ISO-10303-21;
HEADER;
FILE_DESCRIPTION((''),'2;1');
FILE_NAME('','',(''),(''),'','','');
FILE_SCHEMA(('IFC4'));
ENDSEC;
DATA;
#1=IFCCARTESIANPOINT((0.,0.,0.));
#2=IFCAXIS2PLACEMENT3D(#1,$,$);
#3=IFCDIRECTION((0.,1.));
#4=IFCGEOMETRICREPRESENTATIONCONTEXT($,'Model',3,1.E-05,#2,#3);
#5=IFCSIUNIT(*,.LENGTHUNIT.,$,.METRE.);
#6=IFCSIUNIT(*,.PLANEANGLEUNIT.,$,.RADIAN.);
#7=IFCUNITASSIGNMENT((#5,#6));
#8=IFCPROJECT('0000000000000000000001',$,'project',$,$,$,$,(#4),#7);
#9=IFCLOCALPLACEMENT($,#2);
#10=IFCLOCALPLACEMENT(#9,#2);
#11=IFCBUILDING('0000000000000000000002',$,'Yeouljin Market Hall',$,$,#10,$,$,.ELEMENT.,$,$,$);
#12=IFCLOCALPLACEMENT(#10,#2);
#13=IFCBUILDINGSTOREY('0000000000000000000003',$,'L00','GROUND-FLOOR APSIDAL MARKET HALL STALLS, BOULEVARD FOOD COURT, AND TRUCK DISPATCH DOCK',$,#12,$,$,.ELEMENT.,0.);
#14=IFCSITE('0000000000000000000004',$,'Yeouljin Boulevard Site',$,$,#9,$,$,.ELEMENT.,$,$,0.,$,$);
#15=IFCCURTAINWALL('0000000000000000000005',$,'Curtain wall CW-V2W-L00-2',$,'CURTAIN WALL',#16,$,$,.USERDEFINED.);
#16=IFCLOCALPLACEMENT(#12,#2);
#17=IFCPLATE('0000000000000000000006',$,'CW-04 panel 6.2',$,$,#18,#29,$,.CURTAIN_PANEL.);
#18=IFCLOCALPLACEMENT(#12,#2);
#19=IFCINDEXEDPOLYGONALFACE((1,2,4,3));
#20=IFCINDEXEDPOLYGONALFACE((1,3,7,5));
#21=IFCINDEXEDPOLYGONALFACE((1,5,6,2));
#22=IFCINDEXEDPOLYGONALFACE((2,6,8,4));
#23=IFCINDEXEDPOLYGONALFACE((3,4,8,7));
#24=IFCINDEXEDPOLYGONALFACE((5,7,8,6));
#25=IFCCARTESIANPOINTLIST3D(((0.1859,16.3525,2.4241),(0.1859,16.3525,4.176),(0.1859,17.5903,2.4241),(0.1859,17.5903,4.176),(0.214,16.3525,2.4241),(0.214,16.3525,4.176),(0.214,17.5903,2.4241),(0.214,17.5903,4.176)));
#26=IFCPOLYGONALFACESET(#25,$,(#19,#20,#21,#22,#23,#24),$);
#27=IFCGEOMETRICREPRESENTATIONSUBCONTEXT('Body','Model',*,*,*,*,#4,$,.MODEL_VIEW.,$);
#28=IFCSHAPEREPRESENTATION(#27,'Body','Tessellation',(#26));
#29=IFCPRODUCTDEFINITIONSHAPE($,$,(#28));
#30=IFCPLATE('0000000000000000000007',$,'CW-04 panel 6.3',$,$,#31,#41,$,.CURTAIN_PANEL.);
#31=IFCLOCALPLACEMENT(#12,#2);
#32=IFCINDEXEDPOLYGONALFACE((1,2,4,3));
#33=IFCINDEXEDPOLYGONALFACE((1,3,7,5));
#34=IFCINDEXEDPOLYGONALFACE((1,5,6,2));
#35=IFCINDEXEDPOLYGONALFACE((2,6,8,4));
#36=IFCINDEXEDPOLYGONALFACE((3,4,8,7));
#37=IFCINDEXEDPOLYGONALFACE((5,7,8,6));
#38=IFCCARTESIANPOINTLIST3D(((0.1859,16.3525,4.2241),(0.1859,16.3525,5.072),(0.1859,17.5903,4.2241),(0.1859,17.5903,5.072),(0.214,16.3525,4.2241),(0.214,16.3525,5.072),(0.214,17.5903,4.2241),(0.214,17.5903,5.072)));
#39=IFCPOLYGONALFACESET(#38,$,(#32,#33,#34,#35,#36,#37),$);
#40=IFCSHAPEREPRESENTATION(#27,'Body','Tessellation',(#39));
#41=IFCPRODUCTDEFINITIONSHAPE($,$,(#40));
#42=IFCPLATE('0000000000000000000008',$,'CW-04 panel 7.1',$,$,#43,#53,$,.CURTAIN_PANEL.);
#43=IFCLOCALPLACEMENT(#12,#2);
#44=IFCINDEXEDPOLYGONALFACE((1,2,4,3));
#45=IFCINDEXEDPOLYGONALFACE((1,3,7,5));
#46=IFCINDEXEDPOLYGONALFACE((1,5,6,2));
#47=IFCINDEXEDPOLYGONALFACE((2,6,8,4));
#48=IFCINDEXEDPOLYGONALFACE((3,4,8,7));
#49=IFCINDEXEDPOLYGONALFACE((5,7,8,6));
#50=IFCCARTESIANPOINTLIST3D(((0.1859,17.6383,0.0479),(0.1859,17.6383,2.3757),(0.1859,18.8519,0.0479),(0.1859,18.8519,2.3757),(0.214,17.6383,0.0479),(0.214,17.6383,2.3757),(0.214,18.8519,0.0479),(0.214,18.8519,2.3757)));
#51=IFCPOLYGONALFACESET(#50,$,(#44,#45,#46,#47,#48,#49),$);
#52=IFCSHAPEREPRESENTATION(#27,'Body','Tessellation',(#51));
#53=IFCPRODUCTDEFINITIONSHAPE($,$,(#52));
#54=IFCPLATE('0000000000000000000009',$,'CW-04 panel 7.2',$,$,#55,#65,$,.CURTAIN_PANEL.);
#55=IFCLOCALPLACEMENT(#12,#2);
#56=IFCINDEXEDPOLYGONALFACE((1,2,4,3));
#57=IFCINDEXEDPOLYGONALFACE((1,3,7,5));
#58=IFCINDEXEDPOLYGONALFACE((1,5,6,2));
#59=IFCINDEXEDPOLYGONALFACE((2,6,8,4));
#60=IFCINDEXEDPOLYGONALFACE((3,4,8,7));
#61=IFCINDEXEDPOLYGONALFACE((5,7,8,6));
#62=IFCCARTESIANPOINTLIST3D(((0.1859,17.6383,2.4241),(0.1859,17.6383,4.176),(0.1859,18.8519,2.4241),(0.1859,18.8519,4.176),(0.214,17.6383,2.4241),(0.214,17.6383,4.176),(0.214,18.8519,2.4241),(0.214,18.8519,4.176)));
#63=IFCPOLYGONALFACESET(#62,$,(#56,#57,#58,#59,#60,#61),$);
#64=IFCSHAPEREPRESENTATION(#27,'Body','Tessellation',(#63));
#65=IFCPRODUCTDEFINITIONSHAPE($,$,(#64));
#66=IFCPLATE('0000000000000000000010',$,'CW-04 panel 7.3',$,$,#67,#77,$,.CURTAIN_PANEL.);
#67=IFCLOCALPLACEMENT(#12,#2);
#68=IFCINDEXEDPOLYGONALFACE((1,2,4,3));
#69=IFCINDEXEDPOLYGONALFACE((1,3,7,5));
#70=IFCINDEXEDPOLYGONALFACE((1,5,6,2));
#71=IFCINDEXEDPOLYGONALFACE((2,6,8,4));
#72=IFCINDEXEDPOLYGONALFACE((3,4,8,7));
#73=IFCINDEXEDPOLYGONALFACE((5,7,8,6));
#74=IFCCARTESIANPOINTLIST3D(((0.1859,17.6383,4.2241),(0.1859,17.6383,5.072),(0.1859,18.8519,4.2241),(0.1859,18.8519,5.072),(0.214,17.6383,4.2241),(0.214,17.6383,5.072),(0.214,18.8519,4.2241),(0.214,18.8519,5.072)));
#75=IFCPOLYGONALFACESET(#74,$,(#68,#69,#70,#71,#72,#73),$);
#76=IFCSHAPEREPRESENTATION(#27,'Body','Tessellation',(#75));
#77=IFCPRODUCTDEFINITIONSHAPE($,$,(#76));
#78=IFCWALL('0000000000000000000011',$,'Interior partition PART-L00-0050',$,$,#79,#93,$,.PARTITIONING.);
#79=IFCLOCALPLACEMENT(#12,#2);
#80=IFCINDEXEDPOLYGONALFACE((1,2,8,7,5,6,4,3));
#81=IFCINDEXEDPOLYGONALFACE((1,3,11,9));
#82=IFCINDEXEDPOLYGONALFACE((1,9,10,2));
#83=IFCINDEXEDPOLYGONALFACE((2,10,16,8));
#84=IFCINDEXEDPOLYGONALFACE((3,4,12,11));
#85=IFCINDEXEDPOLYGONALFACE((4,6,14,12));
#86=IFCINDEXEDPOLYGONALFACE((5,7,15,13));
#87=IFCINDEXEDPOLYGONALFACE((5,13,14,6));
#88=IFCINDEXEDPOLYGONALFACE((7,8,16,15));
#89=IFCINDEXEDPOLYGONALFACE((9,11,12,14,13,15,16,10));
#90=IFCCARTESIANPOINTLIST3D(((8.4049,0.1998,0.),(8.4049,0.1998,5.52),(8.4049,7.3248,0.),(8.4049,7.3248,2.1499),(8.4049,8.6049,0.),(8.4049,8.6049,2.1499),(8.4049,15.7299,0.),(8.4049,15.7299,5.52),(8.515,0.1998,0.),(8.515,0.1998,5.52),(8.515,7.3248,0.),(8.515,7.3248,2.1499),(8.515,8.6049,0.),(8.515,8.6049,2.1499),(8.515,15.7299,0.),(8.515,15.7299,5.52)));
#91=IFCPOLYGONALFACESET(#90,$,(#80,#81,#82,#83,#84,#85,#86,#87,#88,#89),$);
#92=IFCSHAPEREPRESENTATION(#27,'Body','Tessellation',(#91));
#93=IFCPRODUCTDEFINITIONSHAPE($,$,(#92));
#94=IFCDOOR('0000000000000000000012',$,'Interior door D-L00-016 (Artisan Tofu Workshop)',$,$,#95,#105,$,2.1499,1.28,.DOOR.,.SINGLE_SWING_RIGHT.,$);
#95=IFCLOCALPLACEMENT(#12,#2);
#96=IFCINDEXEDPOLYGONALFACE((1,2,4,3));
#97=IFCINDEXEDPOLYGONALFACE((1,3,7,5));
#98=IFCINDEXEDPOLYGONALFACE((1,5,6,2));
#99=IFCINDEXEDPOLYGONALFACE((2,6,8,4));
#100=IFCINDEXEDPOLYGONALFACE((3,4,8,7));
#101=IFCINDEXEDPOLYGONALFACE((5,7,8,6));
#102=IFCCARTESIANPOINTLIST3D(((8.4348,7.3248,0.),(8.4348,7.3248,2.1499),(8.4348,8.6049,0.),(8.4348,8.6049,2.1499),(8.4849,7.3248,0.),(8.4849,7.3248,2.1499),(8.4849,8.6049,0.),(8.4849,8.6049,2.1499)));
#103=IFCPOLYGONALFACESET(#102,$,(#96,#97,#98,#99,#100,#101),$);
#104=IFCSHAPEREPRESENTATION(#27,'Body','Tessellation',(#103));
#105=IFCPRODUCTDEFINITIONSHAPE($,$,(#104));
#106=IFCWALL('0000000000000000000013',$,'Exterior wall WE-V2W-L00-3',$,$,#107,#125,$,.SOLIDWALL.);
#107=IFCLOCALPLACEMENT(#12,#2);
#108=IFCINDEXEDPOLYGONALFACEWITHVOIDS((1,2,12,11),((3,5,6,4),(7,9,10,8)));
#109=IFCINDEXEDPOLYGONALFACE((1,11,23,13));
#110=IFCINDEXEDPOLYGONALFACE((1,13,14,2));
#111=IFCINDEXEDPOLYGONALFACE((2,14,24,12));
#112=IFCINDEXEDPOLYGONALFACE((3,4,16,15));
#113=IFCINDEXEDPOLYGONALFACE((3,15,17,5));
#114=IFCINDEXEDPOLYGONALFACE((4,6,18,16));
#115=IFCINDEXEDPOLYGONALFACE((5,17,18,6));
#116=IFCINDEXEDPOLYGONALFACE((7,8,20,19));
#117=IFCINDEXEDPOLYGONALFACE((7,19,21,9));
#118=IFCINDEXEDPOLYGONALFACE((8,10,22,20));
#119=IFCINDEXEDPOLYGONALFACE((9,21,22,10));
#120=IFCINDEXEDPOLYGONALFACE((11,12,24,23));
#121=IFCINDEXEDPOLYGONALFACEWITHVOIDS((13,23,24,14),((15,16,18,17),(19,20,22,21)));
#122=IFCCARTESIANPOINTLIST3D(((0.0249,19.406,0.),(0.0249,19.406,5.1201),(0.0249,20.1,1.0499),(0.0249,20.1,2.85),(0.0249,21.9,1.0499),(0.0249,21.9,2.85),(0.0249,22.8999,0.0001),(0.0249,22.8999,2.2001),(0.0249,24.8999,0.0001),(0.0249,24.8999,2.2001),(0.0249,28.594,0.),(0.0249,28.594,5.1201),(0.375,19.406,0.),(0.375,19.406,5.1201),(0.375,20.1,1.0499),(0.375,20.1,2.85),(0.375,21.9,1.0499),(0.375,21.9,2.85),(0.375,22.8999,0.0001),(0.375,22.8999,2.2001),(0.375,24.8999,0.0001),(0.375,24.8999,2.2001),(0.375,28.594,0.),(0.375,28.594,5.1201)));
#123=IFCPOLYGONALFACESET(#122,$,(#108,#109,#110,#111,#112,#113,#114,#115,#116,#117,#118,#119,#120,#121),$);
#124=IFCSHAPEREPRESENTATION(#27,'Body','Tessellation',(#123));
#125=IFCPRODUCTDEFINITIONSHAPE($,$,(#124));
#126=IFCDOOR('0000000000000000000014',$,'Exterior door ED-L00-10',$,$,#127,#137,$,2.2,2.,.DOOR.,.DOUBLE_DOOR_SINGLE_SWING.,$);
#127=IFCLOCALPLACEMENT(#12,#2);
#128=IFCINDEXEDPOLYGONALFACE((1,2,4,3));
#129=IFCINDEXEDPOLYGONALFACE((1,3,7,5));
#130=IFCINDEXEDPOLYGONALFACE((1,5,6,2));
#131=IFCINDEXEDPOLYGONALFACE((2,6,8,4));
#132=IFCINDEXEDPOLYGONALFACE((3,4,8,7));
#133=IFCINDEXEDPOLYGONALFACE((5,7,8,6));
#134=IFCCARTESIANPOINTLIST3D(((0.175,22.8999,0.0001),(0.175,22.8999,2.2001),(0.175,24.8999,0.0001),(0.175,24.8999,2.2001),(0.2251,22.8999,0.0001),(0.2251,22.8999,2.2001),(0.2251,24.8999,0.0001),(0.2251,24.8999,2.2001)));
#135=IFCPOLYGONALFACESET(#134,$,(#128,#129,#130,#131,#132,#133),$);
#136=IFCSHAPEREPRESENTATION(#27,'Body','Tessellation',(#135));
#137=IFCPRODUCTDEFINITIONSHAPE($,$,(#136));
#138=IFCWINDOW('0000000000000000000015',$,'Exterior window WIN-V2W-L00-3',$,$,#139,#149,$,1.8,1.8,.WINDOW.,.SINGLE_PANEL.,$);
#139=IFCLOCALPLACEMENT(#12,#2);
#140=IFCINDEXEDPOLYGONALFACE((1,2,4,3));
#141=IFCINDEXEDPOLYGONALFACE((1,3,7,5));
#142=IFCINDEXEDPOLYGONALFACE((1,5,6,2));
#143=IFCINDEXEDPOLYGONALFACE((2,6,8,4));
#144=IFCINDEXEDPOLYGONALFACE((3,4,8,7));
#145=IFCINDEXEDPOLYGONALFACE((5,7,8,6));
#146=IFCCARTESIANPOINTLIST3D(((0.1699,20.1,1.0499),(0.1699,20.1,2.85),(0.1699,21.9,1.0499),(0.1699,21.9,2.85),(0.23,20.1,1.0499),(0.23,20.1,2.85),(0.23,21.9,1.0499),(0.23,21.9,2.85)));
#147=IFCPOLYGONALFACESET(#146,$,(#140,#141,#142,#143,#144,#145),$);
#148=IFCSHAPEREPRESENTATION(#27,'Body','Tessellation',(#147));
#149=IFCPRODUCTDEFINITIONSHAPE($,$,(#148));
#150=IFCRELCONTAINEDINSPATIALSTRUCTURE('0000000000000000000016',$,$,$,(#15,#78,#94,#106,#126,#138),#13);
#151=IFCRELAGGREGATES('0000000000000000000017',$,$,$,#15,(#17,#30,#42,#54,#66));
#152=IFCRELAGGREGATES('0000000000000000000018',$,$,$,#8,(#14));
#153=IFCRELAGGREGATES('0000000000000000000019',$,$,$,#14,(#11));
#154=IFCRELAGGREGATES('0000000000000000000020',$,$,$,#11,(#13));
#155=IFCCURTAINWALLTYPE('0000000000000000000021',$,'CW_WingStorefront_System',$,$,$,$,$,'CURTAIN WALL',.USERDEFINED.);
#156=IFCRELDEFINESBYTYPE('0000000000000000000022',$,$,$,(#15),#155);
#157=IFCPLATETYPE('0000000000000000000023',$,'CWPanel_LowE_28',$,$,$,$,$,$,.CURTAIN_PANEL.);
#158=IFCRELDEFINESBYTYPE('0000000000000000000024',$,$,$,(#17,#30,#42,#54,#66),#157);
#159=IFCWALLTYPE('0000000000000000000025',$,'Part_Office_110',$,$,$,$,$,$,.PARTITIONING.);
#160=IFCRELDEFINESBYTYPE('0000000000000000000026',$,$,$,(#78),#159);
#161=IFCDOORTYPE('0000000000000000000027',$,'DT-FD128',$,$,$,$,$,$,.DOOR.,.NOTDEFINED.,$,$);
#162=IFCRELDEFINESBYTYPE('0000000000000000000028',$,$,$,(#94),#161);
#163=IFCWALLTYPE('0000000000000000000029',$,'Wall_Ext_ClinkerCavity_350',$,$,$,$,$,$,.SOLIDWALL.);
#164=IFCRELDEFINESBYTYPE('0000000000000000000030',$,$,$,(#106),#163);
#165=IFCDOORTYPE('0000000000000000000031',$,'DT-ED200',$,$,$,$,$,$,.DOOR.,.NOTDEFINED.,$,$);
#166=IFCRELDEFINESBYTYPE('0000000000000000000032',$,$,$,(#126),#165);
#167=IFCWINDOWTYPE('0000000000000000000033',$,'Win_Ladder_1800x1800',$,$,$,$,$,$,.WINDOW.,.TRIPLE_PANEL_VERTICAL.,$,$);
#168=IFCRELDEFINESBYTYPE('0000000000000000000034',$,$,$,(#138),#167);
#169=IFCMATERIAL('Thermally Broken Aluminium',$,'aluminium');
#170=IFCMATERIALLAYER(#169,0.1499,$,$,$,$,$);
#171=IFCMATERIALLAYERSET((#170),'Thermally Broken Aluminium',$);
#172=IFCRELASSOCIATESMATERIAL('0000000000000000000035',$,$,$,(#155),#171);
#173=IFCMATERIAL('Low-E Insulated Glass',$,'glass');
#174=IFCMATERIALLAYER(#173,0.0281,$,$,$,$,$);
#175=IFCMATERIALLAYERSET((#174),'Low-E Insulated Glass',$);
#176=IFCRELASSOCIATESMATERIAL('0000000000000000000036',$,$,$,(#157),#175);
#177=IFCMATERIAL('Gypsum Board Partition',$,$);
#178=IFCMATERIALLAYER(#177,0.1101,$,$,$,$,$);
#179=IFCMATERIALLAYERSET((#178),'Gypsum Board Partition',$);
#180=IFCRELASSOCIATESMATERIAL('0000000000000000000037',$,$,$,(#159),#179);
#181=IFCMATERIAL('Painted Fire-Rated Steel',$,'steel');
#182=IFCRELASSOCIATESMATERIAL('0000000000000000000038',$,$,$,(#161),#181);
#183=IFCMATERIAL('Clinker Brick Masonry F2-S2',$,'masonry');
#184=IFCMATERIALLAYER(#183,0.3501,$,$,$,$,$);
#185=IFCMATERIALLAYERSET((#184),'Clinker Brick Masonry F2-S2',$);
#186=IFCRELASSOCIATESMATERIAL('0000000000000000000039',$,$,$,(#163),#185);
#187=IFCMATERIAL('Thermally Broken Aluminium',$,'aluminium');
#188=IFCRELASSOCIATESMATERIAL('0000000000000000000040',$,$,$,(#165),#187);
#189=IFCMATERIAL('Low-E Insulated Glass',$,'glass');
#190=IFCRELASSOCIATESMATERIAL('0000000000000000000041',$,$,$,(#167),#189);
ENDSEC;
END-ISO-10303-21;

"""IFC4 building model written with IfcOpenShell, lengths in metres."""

from ifc_helpers import new_model, si_unit, direction, frame, frame_2d, origin, origin_2d, place, context, subcontext, project, spatial, rectangle, extrude, material, layer, layer_set, type_object, element, fill, aggregate, save


model = new_model("IFC4")

# Units and contexts
model_context = context("Model", 3, precision=1e-05, world=origin(), true_north=direction((0.0, 1.0)))
body_context = subcontext(model_context, "Body", "Model", "MODEL_VIEW")
ifc_project = project(units=[si_unit("LENGTHUNIT", "METRE"), si_unit("PLANEANGLEUNIT", "RADIAN")], contexts=[model_context])

# Site, building, storey
site_placement = place(None, origin())
site = spatial("IfcSite", under=ifc_project, at=site_placement, Name="Yeouljin Boulevard Site", CompositionType="ELEMENT", RefElevation=0.0)
building_placement = place(site_placement, origin())
building = spatial("IfcBuilding", under=site, at=building_placement, Name="Yeouljin Market Hall", CompositionType="ELEMENT")
storey_placement = place(building_placement, origin())
storey = spatial("IfcBuildingStorey", under=building, at=storey_placement, Name="L00", Description="GROUND-FLOOR APSIDAL MARKET HALL STALLS, BOULEVARD FOOD COURT, AND TRUCK DISPATCH DOCK", CompositionType="ELEMENT", Elevation=0.0)

# Curtain wall, plates
ifc_material_1 = material(Name="Thermally Broken Aluminium", Category="aluminium")
ifc_layer_1 = layer(ifc_material_1, 0.1499)
ifc_layer_set_1 = layer_set([ifc_layer_1], Name="Thermally Broken Aluminium")
curtain_wall_type = type_object("IfcCurtainWallType", Name="CW_WingStorefront_System", ElementType="CURTAIN WALL", PredefinedType="USERDEFINED", material=ifc_layer_set_1)
curtain_wall_placement = place(storey_placement, origin())
curtain_wall = element("IfcCurtainWall", 1, at=curtain_wall_placement, inside=storey, type_object=curtain_wall_type, Name="Curtain wall CW-V2W-L00-2", ObjectType="CURTAIN WALL", PredefinedType="USERDEFINED")
ifc_material_2 = material(Name="Low-E Insulated Glass", Category="glass")
ifc_layer_2 = layer(ifc_material_2, 0.0281)
ifc_layer_set_2 = layer_set([ifc_layer_2], Name="Low-E Insulated Glass")
plate_type = type_object("IfcPlateType", Name="CWPanel_LowE_28", PredefinedType="CURTAIN_PANEL", material=ifc_layer_set_2)
plate_1_placement = place(storey_placement, frame((0.2, 16.9714, 2.4241), z_axis=(0.0, 0.0, 1.0), x_axis=(0.0, 1.0, 0.0)))
plate_1 = element("IfcPlate", 2, at=plate_1_placement, type_object=plate_type, Name="CW-04 panel 6.2", PredefinedType="CURTAIN_PANEL", context=body_context, shape_type="SweptSolid", body=[
    extrude(rectangle(XDim=1.2378, YDim=0.0281, at=origin_2d()), origin(), (0.0, 0.0, 1.0), 1.752),
])
plate_2_placement = place(storey_placement, frame((0.2, 16.9714, 4.2241), z_axis=(0.0, 0.0, 1.0), x_axis=(0.0, 1.0, 0.0)))
plate_2 = element("IfcPlate", 3, at=plate_2_placement, type_object=plate_type, Name="CW-04 panel 6.3", PredefinedType="CURTAIN_PANEL", context=body_context, shape_type="SweptSolid", body=[
    extrude(rectangle(XDim=1.2378, YDim=0.0281, at=origin_2d()), origin(), (0.0, 0.0, 1.0), 0.8479),
])
plate_3_placement = place(storey_placement, frame((0.2, 18.2451, 0.0479), z_axis=(0.0, 0.0, 1.0), x_axis=(0.0, 1.0, 0.0)))
plate_3 = element("IfcPlate", 4, at=plate_3_placement, type_object=plate_type, Name="CW-04 panel 7.1", PredefinedType="CURTAIN_PANEL", context=body_context, shape_type="SweptSolid", body=[
    extrude(rectangle(XDim=1.2136, YDim=0.0281, at=origin_2d()), origin(), (0.0, 0.0, 1.0), 2.3279),
])
plate_4_placement = place(storey_placement, frame((0.2, 18.2451, 2.4241), z_axis=(0.0, 0.0, 1.0), x_axis=(0.0, 1.0, 0.0)))
plate_4 = element("IfcPlate", 5, at=plate_4_placement, type_object=plate_type, Name="CW-04 panel 7.2", PredefinedType="CURTAIN_PANEL", context=body_context, shape_type="SweptSolid", body=[
    extrude(rectangle(XDim=1.2136, YDim=0.0281, at=origin_2d()), origin(), (0.0, 0.0, 1.0), 1.752),
])
plate_5_placement = place(storey_placement, frame((0.2, 18.2451, 4.2241), z_axis=(0.0, 0.0, 1.0), x_axis=(0.0, 1.0, 0.0)))
plate_5 = element("IfcPlate", 6, at=plate_5_placement, type_object=plate_type, Name="CW-04 panel 7.3", PredefinedType="CURTAIN_PANEL", context=body_context, shape_type="SweptSolid", body=[
    extrude(rectangle(XDim=1.2136, YDim=0.0281, at=origin_2d()), origin(), (0.0, 0.0, 1.0), 0.8479),
])
aggregate(curtain_wall, [plate_1, plate_2, plate_3, plate_4, plate_5])

# Wall, opening, door
ifc_material_3 = material(Name="Gypsum Board Partition")
ifc_layer_3 = layer(ifc_material_3, 0.1101)
ifc_layer_set_3 = layer_set([ifc_layer_3], Name="Gypsum Board Partition")
wall_type_1 = type_object("IfcWallType", Name="Part_Office_110", PredefinedType="PARTITIONING", material=ifc_layer_set_3)
wall_1_placement = place(storey_placement, frame((8.46, 15.73, 0.0), z_axis=(0.0, 0.0, 1.0), x_axis=(0.0, -1.0, 0.0)))
wall_1 = element("IfcWall", 7, at=wall_1_placement, inside=storey, type_object=wall_type_1, Name="Interior partition PART-L00-0050", PredefinedType="PARTITIONING", context=body_context, shape_type="SweptSolid", body=[
    extrude(rectangle(XDim=15.53, YDim=0.1101, at=frame_2d((7.7651, 0.0))), origin(), (0.0, 0.0, 1.0), 5.52),
])
opening_1_placement = place(wall_1_placement, frame((7.125, 0.0, 0.0)))
opening_1 = element("IfcOpeningElement", 8, at=opening_1_placement, cuts=wall_1, PredefinedType="OPENING", context=body_context, shape_type="SweptSolid", body=[
    extrude(rectangle(XDim=1.28, YDim=2.1499, at=frame_2d((0.6401, 1.075))), frame((0.0, 0.0649, 0.0), z_axis=(0.0, -1.0, 0.0), x_axis=(1.0, 0.0, 0.0)), (0.0, 0.0, 1.0), 0.1301),
])
ifc_material_4 = material(Name="Painted Fire-Rated Steel", Category="steel")
door_type_1 = type_object("IfcDoorType", Name="DT-FD128", OperationType="NOTDEFINED", PredefinedType="DOOR", material=ifc_material_4)
door_1_placement = place(opening_1_placement, origin())
door_1 = element("IfcDoor", 9, at=door_1_placement, inside=storey, type_object=door_type_1, Name="Interior door D-L00-016 (Artisan Tofu Workshop)", OperationType="SINGLE_SWING_RIGHT", OverallHeight=2.1499, OverallWidth=1.28, PredefinedType="DOOR", context=body_context, shape_type="SweptSolid", body=[
    extrude(rectangle(XDim=1.28, YDim=2.1499, at=frame_2d((0.6401, 1.075))), frame((0.0, 0.0249, 0.0), z_axis=(0.0, -1.0, 0.0), x_axis=(1.0, 0.0, 0.0)), (0.0, 0.0, 1.0), 0.05),
])
fill(opening_1, door_1)

# Wall, openings, door, window
ifc_material_5 = material(Name="Clinker Brick Masonry F2-S2", Category="masonry")
ifc_layer_4 = layer(ifc_material_5, 0.3501)
ifc_layer_set_4 = layer_set([ifc_layer_4], Name="Clinker Brick Masonry F2-S2")
wall_type_2 = type_object("IfcWallType", Name="Wall_Ext_ClinkerCavity_350", PredefinedType="SOLIDWALL", material=ifc_layer_set_4)
wall_2_placement = place(storey_placement, frame((0.2, 19.406, 0.0), z_axis=(0.0, 0.0, 1.0), x_axis=(0.0, 1.0, 0.0)))
wall_2 = element("IfcWall", 10, at=wall_2_placement, inside=storey, type_object=wall_type_2, Name="Exterior wall WE-V2W-L00-3", PredefinedType="SOLIDWALL", context=body_context, shape_type="SweptSolid", body=[
    extrude(rectangle(XDim=9.188, YDim=0.3501, at=frame_2d((4.594, 0.0))), origin(), (0.0, 0.0, 1.0), 5.1201),
])
opening_2_placement = place(wall_2_placement, frame((3.4939, 0.0, 0.0)))
opening_2 = element("IfcOpeningElement", 11, at=opening_2_placement, cuts=wall_2, PredefinedType="OPENING", context=body_context, shape_type="SweptSolid", body=[
    extrude(rectangle(XDim=2.0, YDim=2.2, at=frame_2d((1.0, 1.1001))), frame((0.0, 0.1851, 0.0), z_axis=(0.0, -1.0, 0.0), x_axis=(1.0, 0.0, 0.0)), (0.0, 0.0, 1.0), 0.3701),
])
opening_3_placement = place(wall_2_placement, frame((0.6941, 0.0, 1.05)))
opening_3 = element("IfcOpeningElement", 12, at=opening_3_placement, cuts=wall_2, PredefinedType="OPENING", context=body_context, shape_type="SweptSolid", body=[
    extrude(rectangle(XDim=1.8, YDim=1.8, at=frame_2d((0.8999, 0.8999))), frame((0.0, 0.1851, 0.0), z_axis=(0.0, -1.0, 0.0), x_axis=(1.0, 0.0, 0.0)), (0.0, 0.0, 1.0), 0.3701),
])
ifc_material_6 = material(Name="Thermally Broken Aluminium", Category="aluminium")
door_type_2 = type_object("IfcDoorType", Name="DT-ED200", OperationType="NOTDEFINED", PredefinedType="DOOR", material=ifc_material_6)
door_2_placement = place(opening_2_placement, origin())
door_2 = element("IfcDoor", 13, at=door_2_placement, inside=storey, type_object=door_type_2, Name="Exterior door ED-L00-10", OperationType="DOUBLE_DOOR_SINGLE_SWING", OverallHeight=2.2, OverallWidth=2.0, PredefinedType="DOOR", context=body_context, shape_type="SweptSolid", body=[
    extrude(rectangle(XDim=2.0, YDim=2.2, at=frame_2d((1.0, 1.1001))), frame((0.0, 0.0249, 0.0), z_axis=(0.0, -1.0, 0.0), x_axis=(1.0, 0.0, 0.0)), (0.0, 0.0, 1.0), 0.05),
])
fill(opening_2, door_2)
ifc_material_7 = material(Name="Low-E Insulated Glass", Category="glass")
window_type = type_object("IfcWindowType", Name="Win_Ladder_1800x1800", PartitioningType="TRIPLE_PANEL_VERTICAL", PredefinedType="WINDOW", material=ifc_material_7)
window_placement = place(opening_3_placement, origin())
window = element("IfcWindow", 14, at=window_placement, inside=storey, type_object=window_type, Name="Exterior window WIN-V2W-L00-3", OverallHeight=1.8, OverallWidth=1.8, PartitioningType="SINGLE_PANEL", PredefinedType="WINDOW", context=body_context, shape_type="SweptSolid", body=[
    extrude(rectangle(XDim=1.8, YDim=1.8, at=frame_2d((0.8999, 0.8999))), frame((0.0, 0.03, 0.0), z_axis=(0.0, -1.0, 0.0), x_axis=(1.0, 0.0, 0.0)), (0.0, 0.0, 1.0), 0.0601),
])
fill(opening_3, window)

save(model, "model.ifc")
